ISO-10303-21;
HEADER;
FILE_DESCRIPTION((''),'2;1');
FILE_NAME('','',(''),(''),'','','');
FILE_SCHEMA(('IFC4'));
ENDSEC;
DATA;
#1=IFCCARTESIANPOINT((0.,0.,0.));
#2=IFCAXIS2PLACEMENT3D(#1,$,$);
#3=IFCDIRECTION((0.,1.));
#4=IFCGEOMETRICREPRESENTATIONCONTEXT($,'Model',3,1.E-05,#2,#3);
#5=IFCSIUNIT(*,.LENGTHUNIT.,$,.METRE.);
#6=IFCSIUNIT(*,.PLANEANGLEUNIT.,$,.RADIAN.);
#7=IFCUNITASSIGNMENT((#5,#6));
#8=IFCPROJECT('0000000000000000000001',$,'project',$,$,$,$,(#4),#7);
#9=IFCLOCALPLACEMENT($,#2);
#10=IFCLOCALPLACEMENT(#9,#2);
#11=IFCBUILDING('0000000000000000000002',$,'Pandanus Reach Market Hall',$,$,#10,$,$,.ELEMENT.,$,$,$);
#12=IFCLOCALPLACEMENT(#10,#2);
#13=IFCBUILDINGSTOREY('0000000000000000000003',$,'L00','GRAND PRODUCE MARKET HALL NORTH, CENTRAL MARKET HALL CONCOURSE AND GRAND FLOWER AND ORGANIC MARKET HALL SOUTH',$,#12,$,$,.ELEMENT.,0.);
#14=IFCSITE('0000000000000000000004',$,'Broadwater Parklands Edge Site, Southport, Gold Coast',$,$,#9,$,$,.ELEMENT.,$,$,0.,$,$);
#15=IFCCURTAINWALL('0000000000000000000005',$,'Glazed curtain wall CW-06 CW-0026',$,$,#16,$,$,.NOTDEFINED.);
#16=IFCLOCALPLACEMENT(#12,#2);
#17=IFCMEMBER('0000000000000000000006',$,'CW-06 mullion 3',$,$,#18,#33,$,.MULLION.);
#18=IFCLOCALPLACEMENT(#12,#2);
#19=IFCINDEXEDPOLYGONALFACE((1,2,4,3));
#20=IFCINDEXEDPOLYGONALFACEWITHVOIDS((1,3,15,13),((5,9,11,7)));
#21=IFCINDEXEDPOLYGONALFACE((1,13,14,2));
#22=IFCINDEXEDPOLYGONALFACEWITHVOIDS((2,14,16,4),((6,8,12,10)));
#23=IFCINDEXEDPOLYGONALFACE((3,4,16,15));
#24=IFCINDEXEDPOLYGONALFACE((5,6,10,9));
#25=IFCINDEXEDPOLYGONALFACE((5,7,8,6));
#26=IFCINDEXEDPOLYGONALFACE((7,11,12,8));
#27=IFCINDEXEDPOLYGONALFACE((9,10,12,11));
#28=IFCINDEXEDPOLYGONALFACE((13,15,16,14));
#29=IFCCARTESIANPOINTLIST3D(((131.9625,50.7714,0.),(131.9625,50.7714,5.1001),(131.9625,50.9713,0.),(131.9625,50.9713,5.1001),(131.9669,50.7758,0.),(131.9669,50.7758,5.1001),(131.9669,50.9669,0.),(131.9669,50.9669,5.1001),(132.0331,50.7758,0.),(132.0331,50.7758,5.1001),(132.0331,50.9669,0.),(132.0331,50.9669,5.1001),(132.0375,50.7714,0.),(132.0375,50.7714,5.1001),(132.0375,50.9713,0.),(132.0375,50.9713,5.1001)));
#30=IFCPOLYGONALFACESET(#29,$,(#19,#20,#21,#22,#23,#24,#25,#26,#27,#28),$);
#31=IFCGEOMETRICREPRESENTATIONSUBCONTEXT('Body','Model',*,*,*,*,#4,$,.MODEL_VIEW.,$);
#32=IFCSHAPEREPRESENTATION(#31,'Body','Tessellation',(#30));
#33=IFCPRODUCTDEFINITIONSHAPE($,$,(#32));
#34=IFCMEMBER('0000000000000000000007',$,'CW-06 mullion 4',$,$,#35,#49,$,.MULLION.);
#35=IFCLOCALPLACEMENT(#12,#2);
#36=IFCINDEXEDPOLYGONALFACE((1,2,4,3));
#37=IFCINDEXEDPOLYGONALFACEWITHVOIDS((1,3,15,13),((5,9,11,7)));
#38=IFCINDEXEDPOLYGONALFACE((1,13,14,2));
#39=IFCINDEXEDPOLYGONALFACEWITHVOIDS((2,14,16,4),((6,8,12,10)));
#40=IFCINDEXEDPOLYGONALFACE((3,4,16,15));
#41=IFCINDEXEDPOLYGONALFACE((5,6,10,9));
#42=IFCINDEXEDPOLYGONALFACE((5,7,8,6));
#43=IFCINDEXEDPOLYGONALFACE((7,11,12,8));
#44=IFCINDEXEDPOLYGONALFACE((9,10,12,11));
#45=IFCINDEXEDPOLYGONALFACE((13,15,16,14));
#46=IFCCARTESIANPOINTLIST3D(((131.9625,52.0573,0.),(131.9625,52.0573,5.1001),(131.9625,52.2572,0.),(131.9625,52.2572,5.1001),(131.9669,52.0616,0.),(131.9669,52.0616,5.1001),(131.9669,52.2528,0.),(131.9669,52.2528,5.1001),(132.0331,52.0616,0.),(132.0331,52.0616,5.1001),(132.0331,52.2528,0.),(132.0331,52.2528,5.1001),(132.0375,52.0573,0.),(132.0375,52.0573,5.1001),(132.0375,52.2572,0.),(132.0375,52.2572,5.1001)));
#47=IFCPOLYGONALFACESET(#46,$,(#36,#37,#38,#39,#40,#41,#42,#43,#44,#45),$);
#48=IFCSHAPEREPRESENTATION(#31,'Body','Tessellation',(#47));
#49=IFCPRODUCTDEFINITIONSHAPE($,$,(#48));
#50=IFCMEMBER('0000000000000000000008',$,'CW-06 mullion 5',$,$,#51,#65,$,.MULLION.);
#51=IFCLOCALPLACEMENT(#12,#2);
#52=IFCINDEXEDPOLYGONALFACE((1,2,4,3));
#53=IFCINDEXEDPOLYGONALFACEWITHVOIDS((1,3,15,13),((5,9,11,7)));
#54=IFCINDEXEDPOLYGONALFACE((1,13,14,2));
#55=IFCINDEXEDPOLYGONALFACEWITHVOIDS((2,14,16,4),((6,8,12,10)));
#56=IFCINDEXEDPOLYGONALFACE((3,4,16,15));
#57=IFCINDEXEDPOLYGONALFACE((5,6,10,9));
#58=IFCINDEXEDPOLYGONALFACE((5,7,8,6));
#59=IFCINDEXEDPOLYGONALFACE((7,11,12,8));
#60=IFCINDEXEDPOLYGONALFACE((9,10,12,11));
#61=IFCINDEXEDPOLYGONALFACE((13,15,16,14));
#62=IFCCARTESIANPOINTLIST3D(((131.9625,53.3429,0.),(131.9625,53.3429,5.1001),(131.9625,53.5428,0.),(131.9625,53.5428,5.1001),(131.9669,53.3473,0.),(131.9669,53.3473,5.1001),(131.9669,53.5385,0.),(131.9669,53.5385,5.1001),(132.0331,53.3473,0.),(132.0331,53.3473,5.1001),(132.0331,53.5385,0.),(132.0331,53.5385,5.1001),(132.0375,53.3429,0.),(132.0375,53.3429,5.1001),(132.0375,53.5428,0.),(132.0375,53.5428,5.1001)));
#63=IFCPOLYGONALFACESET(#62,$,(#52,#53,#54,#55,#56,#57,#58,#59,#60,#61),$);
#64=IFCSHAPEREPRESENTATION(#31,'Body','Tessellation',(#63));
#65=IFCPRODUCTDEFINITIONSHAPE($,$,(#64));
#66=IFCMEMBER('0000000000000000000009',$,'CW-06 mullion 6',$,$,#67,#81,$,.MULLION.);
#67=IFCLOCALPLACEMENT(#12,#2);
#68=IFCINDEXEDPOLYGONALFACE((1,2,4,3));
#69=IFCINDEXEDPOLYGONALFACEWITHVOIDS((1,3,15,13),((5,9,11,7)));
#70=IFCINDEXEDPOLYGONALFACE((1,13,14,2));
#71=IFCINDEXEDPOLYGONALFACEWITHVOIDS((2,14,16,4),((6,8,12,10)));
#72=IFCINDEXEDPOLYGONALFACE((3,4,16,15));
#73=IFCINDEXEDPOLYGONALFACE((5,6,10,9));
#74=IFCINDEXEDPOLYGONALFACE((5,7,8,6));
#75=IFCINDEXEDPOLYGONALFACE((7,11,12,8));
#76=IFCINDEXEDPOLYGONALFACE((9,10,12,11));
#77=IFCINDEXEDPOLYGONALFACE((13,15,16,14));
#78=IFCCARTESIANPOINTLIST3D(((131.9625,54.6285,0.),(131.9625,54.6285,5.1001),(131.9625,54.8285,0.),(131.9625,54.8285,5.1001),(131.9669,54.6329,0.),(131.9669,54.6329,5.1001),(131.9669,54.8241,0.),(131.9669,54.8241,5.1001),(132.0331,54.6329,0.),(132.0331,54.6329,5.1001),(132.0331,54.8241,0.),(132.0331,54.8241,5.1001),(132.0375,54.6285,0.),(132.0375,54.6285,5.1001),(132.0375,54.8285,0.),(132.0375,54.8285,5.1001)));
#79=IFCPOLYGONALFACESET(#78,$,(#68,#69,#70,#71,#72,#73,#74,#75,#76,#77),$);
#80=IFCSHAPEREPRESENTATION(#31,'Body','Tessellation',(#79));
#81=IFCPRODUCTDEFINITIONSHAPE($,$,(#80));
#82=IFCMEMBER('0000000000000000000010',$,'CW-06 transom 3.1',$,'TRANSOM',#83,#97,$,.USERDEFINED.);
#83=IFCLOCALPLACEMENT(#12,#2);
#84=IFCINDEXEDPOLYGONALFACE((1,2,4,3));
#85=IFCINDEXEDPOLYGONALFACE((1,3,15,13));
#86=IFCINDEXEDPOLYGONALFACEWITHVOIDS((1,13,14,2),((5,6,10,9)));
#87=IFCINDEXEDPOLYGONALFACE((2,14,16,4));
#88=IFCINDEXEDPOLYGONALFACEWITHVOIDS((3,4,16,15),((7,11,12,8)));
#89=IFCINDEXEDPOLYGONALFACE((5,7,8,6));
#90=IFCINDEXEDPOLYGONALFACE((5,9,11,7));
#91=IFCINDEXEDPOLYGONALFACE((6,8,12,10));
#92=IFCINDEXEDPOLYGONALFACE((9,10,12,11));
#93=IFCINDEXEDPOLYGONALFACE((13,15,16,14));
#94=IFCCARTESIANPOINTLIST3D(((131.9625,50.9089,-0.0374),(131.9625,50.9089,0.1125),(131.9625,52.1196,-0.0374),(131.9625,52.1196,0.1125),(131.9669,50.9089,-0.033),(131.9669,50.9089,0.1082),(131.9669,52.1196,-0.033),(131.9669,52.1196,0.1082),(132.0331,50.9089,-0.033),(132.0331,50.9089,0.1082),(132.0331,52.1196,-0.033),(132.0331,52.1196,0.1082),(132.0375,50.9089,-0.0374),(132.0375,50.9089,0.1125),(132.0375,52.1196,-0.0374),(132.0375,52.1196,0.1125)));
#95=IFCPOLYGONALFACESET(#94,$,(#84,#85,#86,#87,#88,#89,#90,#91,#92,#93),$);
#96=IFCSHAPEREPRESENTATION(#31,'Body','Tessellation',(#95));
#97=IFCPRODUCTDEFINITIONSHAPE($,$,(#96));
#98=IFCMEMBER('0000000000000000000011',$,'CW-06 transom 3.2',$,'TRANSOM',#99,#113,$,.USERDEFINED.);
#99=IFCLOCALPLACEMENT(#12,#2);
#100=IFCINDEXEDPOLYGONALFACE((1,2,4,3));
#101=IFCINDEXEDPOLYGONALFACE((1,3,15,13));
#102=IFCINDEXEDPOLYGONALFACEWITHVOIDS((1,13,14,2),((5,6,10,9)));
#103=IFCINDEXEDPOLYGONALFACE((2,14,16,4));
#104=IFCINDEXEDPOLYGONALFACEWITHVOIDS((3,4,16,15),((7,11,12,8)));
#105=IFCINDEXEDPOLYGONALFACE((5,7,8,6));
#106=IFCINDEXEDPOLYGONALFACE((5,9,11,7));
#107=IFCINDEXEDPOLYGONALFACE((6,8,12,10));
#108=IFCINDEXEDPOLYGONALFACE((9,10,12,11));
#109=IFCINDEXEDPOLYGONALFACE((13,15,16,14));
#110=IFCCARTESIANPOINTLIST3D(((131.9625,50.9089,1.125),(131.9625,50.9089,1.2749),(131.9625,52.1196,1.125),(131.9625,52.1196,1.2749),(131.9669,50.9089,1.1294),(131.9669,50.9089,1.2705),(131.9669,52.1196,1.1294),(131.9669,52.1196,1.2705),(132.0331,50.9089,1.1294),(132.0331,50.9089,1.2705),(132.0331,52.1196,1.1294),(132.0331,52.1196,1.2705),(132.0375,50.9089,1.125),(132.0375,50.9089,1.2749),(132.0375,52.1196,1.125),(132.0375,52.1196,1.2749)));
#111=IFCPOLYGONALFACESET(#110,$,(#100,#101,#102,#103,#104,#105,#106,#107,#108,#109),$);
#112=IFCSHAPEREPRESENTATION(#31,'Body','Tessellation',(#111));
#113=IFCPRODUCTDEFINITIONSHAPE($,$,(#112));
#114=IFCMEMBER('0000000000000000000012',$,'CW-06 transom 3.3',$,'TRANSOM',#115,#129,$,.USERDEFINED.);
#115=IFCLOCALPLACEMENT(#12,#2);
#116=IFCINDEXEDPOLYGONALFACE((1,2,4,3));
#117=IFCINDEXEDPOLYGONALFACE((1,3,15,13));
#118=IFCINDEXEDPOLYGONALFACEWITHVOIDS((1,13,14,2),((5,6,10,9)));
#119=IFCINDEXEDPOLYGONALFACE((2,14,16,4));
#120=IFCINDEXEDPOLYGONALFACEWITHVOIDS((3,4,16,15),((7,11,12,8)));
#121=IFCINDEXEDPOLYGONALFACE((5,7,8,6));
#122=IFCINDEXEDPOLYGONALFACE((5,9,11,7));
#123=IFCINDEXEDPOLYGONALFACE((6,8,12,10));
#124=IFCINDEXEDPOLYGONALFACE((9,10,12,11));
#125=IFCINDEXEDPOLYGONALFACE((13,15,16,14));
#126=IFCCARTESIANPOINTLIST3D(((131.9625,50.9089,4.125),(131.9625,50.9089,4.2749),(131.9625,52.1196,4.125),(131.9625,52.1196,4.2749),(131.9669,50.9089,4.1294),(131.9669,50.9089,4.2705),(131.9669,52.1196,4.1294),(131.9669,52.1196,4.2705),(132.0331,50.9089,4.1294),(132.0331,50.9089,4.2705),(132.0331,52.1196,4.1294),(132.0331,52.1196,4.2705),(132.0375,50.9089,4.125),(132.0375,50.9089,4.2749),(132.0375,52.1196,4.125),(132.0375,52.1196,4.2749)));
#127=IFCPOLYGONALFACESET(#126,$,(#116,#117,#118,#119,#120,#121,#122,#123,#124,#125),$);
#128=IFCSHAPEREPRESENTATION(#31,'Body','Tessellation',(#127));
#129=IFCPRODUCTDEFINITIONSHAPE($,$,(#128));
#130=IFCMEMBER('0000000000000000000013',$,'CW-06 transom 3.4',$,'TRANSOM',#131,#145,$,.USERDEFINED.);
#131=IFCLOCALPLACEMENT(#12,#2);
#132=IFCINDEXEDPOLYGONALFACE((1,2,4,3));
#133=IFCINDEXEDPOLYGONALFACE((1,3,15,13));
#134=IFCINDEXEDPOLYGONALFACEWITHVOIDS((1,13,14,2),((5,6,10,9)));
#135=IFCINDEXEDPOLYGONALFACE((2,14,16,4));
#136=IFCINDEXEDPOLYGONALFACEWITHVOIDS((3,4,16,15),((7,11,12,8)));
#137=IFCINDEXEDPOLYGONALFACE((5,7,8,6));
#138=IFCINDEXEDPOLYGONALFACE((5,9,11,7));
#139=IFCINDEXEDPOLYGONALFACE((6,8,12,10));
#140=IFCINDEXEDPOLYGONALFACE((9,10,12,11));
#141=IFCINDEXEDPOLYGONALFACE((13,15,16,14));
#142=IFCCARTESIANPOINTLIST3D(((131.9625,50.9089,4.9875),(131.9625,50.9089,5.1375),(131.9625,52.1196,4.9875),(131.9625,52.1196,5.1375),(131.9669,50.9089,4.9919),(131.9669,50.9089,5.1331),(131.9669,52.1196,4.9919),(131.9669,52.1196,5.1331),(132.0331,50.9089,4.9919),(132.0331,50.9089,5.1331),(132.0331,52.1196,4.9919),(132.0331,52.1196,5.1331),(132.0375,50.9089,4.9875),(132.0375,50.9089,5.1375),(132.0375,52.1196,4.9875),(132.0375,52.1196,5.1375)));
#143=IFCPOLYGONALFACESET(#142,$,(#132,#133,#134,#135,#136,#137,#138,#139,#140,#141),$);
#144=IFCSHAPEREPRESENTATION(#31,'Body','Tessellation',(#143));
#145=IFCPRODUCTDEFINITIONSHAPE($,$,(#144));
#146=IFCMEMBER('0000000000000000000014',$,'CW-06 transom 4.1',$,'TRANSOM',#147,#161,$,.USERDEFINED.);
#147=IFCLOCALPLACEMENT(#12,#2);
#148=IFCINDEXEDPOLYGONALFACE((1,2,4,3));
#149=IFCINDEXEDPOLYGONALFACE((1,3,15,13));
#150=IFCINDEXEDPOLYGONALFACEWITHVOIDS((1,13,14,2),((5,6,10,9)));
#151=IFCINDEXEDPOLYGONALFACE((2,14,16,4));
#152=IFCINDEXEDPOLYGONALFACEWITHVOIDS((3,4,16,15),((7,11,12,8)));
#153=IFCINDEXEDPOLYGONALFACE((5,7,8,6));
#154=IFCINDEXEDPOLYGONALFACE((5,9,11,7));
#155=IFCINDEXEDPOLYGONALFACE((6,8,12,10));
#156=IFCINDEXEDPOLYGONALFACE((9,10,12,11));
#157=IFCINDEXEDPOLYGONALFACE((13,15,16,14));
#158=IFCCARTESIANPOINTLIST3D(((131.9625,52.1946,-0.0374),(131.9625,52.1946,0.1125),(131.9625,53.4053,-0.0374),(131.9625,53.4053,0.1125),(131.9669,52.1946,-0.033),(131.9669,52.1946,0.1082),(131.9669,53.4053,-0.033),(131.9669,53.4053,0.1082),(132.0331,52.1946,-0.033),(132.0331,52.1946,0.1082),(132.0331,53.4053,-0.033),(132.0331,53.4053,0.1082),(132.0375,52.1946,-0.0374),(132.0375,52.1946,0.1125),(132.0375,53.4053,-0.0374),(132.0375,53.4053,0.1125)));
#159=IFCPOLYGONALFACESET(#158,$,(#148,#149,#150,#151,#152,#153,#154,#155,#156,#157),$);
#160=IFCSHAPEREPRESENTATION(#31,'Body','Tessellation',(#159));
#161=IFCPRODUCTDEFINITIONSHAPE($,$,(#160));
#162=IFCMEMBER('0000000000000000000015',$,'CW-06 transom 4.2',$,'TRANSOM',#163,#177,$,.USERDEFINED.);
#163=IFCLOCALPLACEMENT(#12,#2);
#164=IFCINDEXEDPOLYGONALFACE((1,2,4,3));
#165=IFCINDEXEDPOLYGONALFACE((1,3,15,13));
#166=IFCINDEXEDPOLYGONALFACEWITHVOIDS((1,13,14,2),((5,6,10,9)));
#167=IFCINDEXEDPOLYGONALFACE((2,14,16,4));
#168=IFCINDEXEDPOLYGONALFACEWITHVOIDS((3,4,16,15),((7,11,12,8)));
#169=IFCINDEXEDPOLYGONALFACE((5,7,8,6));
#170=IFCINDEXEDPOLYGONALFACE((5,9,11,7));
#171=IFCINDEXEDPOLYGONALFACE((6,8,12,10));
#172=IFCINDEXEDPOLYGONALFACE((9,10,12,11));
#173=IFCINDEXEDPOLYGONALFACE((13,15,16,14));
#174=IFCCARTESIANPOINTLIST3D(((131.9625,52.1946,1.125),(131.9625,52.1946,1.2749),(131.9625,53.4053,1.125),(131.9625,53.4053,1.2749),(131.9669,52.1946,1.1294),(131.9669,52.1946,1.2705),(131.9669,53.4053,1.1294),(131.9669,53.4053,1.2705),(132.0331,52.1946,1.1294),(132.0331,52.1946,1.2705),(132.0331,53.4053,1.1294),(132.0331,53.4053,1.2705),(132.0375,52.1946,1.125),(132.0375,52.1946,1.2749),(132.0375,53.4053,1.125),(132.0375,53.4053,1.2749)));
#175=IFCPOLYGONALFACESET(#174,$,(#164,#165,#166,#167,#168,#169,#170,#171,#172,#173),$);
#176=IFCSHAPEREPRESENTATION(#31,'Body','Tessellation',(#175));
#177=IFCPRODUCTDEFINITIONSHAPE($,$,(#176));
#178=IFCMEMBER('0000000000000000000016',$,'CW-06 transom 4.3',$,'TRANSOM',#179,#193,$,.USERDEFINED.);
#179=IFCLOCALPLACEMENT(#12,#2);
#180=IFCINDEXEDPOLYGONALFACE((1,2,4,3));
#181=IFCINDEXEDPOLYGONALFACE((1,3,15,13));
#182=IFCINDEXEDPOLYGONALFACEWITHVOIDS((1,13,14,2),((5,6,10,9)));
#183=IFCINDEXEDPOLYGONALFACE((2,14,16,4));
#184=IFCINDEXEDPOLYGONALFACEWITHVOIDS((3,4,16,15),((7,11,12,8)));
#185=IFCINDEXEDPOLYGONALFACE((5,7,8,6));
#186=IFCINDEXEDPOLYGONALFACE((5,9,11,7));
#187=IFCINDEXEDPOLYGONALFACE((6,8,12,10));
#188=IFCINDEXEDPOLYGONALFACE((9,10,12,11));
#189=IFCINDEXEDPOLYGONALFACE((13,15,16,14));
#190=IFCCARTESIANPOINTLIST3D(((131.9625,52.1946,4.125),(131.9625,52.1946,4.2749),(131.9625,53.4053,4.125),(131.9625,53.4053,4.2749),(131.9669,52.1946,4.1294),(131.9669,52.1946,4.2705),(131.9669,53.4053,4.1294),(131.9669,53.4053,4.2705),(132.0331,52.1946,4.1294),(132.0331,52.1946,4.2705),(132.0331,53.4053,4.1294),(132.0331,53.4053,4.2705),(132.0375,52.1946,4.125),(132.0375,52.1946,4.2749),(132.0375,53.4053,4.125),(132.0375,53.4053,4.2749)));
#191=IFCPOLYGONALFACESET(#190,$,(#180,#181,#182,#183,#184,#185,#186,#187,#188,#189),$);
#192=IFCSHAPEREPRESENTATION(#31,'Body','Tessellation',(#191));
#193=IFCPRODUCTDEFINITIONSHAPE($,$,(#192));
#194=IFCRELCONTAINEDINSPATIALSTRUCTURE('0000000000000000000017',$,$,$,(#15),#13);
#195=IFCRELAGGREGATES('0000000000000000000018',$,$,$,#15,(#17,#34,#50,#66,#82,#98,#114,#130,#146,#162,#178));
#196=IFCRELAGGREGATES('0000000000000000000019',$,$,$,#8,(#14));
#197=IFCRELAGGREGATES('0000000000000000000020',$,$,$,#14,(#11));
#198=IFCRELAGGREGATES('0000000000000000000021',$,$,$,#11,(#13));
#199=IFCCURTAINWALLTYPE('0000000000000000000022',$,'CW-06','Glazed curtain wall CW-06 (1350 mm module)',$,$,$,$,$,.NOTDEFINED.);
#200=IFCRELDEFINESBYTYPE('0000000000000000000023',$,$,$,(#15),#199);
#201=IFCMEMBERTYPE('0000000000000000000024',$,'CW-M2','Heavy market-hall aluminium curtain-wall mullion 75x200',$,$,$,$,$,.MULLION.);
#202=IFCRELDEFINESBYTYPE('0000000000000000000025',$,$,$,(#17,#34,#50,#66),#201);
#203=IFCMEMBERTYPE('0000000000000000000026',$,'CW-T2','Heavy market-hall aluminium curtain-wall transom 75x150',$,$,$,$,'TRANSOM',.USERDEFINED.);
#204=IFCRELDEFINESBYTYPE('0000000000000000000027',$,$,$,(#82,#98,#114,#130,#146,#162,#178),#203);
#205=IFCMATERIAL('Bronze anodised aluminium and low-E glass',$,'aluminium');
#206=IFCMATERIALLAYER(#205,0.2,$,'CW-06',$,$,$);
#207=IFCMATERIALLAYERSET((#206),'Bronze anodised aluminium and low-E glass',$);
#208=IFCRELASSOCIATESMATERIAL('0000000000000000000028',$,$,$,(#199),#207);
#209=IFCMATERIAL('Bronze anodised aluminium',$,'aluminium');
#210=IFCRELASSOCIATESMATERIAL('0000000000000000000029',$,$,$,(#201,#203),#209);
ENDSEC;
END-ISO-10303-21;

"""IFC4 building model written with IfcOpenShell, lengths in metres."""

from ifc_helpers import new_model, si_unit, direction, frame, origin, origin_2d, place, context, subcontext, project, spatial, hollow_rectangle, extrude, material, layer, layer_set, material_profile, profile_set, type_object, element, aggregate, save


model = new_model("IFC4")

# Units and contexts
model_context = context("Model", 3, precision=1e-05, world=origin(), true_north=direction((0.0, 1.0)))
body_context = subcontext(model_context, "Body", "Model", "MODEL_VIEW")
ifc_project = project(units=[si_unit("LENGTHUNIT", "METRE"), si_unit("PLANEANGLEUNIT", "RADIAN")], contexts=[model_context])

# Site, building, storey
site_placement = place(None, origin())
site = spatial("IfcSite", under=ifc_project, at=site_placement, Name="Broadwater Parklands Edge Site, Southport, Gold Coast", CompositionType="ELEMENT", RefElevation=0.0)
building_placement = place(site_placement, origin())
building = spatial("IfcBuilding", under=site, at=building_placement, Name="Pandanus Reach Market Hall", CompositionType="ELEMENT")
storey_placement = place(building_placement, origin())
storey = spatial("IfcBuildingStorey", under=building, at=storey_placement, Name="L00", Description="GRAND PRODUCE MARKET HALL NORTH, CENTRAL MARKET HALL CONCOURSE AND GRAND FLOWER AND ORGANIC MARKET HALL SOUTH", CompositionType="ELEMENT", Elevation=0.0)

# Curtain wall, members
ifc_material_1 = material(Name="Bronze anodised aluminium and low-E glass", Category="aluminium")
ifc_layer_1 = layer(ifc_material_1, 0.2, Name="CW-06")
ifc_layer_set_1 = layer_set([ifc_layer_1], Name="Bronze anodised aluminium and low-E glass")
curtain_wall_type = type_object("IfcCurtainWallType", Name="CW-06", Description="Glazed curtain wall CW-06 (1350 mm module)", PredefinedType="NOTDEFINED", material=ifc_layer_set_1)
curtain_wall_placement = place(storey_placement, origin())
curtain_wall = element("IfcCurtainWall", 1, at=curtain_wall_placement, inside=storey, type_object=curtain_wall_type, Name="Glazed curtain wall CW-06 CW-0026", PredefinedType="NOTDEFINED")
ifc_material_2 = material(Name="Bronze anodised aluminium", Category="aluminium")
ifc_material_profile_1 = material_profile(ifc_material_2, hollow_rectangle(XDim=0.075, YDim=0.2, WallThickness=0.0044, at=origin_2d()), Name="ALU75x200", Category="LoadBearing")
ifc_profile_set_1 = profile_set([ifc_material_profile_1], Name="Bronze anodised aluminium")
member_type_1 = type_object("IfcMemberType", Name="CW-M2", Description="Heavy market-hall aluminium curtain-wall mullion 75x200", PredefinedType="MULLION", material=ifc_profile_set_1)
member_1_placement = place(storey_placement, frame((132.0, 50.8713, 0.0), z_axis=(0.0, 0.0, 1.0), x_axis=(-1.0, 0.0, 0.0)))
member_1 = element("IfcMember", 2, at=member_1_placement, type_object=member_type_1, Name="CW-06 mullion 3", PredefinedType="MULLION", context=body_context, shape_type="SweptSolid", body=[
    extrude(hollow_rectangle(XDim=0.075, YDim=0.2, WallThickness=0.0044, at=origin_2d()), origin(), (0.0, 0.0, 1.0), 5.1001),
])
member_2_placement = place(storey_placement, frame((132.0, 52.1572, 0.0), z_axis=(0.0, 0.0, 1.0), x_axis=(-1.0, 0.0, 0.0)))
member_2 = element("IfcMember", 3, at=member_2_placement, type_object=member_type_1, Name="CW-06 mullion 4", PredefinedType="MULLION", context=body_context, shape_type="SweptSolid", body=[
    extrude(hollow_rectangle(XDim=0.075, YDim=0.2, WallThickness=0.0044, at=origin_2d()), origin(), (0.0, 0.0, 1.0), 5.1001),
])
member_3_placement = place(storey_placement, frame((132.0, 53.4429, 0.0), z_axis=(0.0, 0.0, 1.0), x_axis=(-1.0, 0.0, 0.0)))
member_3 = element("IfcMember", 4, at=member_3_placement, type_object=member_type_1, Name="CW-06 mullion 5", PredefinedType="MULLION", context=body_context, shape_type="SweptSolid", body=[
    extrude(hollow_rectangle(XDim=0.075, YDim=0.2, WallThickness=0.0044, at=origin_2d()), origin(), (0.0, 0.0, 1.0), 5.1001),
])
member_4_placement = place(storey_placement, frame((132.0, 54.7285, 0.0), z_axis=(0.0, 0.0, 1.0), x_axis=(-1.0, 0.0, 0.0)))
member_4 = element("IfcMember", 5, at=member_4_placement, type_object=member_type_1, Name="CW-06 mullion 6", PredefinedType="MULLION", context=body_context, shape_type="SweptSolid", body=[
    extrude(hollow_rectangle(XDim=0.075, YDim=0.2, WallThickness=0.0044, at=origin_2d()), origin(), (0.0, 0.0, 1.0), 5.1001),
])
ifc_material_profile_2 = material_profile(ifc_material_2, hollow_rectangle(XDim=0.075, YDim=0.1499, WallThickness=0.0044, at=origin_2d()), Name="ALU75x150", Category="LoadBearing")
ifc_profile_set_2 = profile_set([ifc_material_profile_2], Name="Bronze anodised aluminium")
member_type_2 = type_object("IfcMemberType", Name="CW-T2", Description="Heavy market-hall aluminium curtain-wall transom 75x150", ElementType="TRANSOM", PredefinedType="USERDEFINED", material=ifc_profile_set_2)
member_5_placement = place(storey_placement, frame((132.0, 50.9089, 0.0376), z_axis=(0.0, 1.0, 0.0), x_axis=(-1.0, 0.0, 0.0)))
member_5 = element("IfcMember", 6, at=member_5_placement, type_object=member_type_2, Name="CW-06 transom 3.1", ObjectType="TRANSOM", PredefinedType="USERDEFINED", context=body_context, shape_type="SweptSolid", body=[
    extrude(hollow_rectangle(XDim=0.075, YDim=0.1499, WallThickness=0.0044, at=origin_2d()), origin(), (0.0, 0.0, 1.0), 1.2107),
])
member_6_placement = place(storey_placement, frame((132.0, 50.9089, 1.2), z_axis=(0.0, 1.0, 0.0), x_axis=(-1.0, 0.0, 0.0)))
member_6 = element("IfcMember", 7, at=member_6_placement, type_object=member_type_2, Name="CW-06 transom 3.2", ObjectType="TRANSOM", PredefinedType="USERDEFINED", context=body_context, shape_type="SweptSolid", body=[
    extrude(hollow_rectangle(XDim=0.075, YDim=0.1499, WallThickness=0.0044, at=origin_2d()), origin(), (0.0, 0.0, 1.0), 1.2107),
])
member_7_placement = place(storey_placement, frame((132.0, 50.9089, 4.2), z_axis=(0.0, 1.0, 0.0), x_axis=(-1.0, 0.0, 0.0)))
member_7 = element("IfcMember", 8, at=member_7_placement, type_object=member_type_2, Name="CW-06 transom 3.3", ObjectType="TRANSOM", PredefinedType="USERDEFINED", context=body_context, shape_type="SweptSolid", body=[
    extrude(hollow_rectangle(XDim=0.075, YDim=0.1499, WallThickness=0.0044, at=origin_2d()), origin(), (0.0, 0.0, 1.0), 1.2107),
])
member_8_placement = place(storey_placement, frame((132.0, 50.9089, 5.0625), z_axis=(0.0, 1.0, 0.0), x_axis=(-1.0, 0.0, 0.0)))
member_8 = element("IfcMember", 9, at=member_8_placement, type_object=member_type_2, Name="CW-06 transom 3.4", ObjectType="TRANSOM", PredefinedType="USERDEFINED", context=body_context, shape_type="SweptSolid", body=[
    extrude(hollow_rectangle(XDim=0.075, YDim=0.1499, WallThickness=0.0044, at=origin_2d()), origin(), (0.0, 0.0, 1.0), 1.2107),
])
member_9_placement = place(storey_placement, frame((132.0, 52.1946, 0.0376), z_axis=(0.0, 1.0, 0.0), x_axis=(-1.0, 0.0, 0.0)))
member_9 = element("IfcMember", 10, at=member_9_placement, type_object=member_type_2, Name="CW-06 transom 4.1", ObjectType="TRANSOM", PredefinedType="USERDEFINED", context=body_context, shape_type="SweptSolid", body=[
    extrude(hollow_rectangle(XDim=0.075, YDim=0.1499, WallThickness=0.0044, at=origin_2d()), origin(), (0.0, 0.0, 1.0), 1.2107),
])
member_10_placement = place(storey_placement, frame((132.0, 52.1946, 1.2), z_axis=(0.0, 1.0, 0.0), x_axis=(-1.0, 0.0, 0.0)))
member_10 = element("IfcMember", 11, at=member_10_placement, type_object=member_type_2, Name="CW-06 transom 4.2", ObjectType="TRANSOM", PredefinedType="USERDEFINED", context=body_context, shape_type="SweptSolid", body=[
    extrude(hollow_rectangle(XDim=0.075, YDim=0.1499, WallThickness=0.0044, at=origin_2d()), origin(), (0.0, 0.0, 1.0), 1.2107),
])
member_11_placement = place(storey_placement, frame((132.0, 52.1946, 4.2), z_axis=(0.0, 1.0, 0.0), x_axis=(-1.0, 0.0, 0.0)))
member_11 = element("IfcMember", 12, at=member_11_placement, type_object=member_type_2, Name="CW-06 transom 4.3", ObjectType="TRANSOM", PredefinedType="USERDEFINED", context=body_context, shape_type="SweptSolid", body=[
    extrude(hollow_rectangle(XDim=0.075, YDim=0.1499, WallThickness=0.0044, at=origin_2d()), origin(), (0.0, 0.0, 1.0), 1.2107),
])
aggregate(curtain_wall, [member_1, member_2, member_3, member_4, member_5, member_6, member_7, member_8, member_9, member_10, member_11])

save(model, "model.ifc")
